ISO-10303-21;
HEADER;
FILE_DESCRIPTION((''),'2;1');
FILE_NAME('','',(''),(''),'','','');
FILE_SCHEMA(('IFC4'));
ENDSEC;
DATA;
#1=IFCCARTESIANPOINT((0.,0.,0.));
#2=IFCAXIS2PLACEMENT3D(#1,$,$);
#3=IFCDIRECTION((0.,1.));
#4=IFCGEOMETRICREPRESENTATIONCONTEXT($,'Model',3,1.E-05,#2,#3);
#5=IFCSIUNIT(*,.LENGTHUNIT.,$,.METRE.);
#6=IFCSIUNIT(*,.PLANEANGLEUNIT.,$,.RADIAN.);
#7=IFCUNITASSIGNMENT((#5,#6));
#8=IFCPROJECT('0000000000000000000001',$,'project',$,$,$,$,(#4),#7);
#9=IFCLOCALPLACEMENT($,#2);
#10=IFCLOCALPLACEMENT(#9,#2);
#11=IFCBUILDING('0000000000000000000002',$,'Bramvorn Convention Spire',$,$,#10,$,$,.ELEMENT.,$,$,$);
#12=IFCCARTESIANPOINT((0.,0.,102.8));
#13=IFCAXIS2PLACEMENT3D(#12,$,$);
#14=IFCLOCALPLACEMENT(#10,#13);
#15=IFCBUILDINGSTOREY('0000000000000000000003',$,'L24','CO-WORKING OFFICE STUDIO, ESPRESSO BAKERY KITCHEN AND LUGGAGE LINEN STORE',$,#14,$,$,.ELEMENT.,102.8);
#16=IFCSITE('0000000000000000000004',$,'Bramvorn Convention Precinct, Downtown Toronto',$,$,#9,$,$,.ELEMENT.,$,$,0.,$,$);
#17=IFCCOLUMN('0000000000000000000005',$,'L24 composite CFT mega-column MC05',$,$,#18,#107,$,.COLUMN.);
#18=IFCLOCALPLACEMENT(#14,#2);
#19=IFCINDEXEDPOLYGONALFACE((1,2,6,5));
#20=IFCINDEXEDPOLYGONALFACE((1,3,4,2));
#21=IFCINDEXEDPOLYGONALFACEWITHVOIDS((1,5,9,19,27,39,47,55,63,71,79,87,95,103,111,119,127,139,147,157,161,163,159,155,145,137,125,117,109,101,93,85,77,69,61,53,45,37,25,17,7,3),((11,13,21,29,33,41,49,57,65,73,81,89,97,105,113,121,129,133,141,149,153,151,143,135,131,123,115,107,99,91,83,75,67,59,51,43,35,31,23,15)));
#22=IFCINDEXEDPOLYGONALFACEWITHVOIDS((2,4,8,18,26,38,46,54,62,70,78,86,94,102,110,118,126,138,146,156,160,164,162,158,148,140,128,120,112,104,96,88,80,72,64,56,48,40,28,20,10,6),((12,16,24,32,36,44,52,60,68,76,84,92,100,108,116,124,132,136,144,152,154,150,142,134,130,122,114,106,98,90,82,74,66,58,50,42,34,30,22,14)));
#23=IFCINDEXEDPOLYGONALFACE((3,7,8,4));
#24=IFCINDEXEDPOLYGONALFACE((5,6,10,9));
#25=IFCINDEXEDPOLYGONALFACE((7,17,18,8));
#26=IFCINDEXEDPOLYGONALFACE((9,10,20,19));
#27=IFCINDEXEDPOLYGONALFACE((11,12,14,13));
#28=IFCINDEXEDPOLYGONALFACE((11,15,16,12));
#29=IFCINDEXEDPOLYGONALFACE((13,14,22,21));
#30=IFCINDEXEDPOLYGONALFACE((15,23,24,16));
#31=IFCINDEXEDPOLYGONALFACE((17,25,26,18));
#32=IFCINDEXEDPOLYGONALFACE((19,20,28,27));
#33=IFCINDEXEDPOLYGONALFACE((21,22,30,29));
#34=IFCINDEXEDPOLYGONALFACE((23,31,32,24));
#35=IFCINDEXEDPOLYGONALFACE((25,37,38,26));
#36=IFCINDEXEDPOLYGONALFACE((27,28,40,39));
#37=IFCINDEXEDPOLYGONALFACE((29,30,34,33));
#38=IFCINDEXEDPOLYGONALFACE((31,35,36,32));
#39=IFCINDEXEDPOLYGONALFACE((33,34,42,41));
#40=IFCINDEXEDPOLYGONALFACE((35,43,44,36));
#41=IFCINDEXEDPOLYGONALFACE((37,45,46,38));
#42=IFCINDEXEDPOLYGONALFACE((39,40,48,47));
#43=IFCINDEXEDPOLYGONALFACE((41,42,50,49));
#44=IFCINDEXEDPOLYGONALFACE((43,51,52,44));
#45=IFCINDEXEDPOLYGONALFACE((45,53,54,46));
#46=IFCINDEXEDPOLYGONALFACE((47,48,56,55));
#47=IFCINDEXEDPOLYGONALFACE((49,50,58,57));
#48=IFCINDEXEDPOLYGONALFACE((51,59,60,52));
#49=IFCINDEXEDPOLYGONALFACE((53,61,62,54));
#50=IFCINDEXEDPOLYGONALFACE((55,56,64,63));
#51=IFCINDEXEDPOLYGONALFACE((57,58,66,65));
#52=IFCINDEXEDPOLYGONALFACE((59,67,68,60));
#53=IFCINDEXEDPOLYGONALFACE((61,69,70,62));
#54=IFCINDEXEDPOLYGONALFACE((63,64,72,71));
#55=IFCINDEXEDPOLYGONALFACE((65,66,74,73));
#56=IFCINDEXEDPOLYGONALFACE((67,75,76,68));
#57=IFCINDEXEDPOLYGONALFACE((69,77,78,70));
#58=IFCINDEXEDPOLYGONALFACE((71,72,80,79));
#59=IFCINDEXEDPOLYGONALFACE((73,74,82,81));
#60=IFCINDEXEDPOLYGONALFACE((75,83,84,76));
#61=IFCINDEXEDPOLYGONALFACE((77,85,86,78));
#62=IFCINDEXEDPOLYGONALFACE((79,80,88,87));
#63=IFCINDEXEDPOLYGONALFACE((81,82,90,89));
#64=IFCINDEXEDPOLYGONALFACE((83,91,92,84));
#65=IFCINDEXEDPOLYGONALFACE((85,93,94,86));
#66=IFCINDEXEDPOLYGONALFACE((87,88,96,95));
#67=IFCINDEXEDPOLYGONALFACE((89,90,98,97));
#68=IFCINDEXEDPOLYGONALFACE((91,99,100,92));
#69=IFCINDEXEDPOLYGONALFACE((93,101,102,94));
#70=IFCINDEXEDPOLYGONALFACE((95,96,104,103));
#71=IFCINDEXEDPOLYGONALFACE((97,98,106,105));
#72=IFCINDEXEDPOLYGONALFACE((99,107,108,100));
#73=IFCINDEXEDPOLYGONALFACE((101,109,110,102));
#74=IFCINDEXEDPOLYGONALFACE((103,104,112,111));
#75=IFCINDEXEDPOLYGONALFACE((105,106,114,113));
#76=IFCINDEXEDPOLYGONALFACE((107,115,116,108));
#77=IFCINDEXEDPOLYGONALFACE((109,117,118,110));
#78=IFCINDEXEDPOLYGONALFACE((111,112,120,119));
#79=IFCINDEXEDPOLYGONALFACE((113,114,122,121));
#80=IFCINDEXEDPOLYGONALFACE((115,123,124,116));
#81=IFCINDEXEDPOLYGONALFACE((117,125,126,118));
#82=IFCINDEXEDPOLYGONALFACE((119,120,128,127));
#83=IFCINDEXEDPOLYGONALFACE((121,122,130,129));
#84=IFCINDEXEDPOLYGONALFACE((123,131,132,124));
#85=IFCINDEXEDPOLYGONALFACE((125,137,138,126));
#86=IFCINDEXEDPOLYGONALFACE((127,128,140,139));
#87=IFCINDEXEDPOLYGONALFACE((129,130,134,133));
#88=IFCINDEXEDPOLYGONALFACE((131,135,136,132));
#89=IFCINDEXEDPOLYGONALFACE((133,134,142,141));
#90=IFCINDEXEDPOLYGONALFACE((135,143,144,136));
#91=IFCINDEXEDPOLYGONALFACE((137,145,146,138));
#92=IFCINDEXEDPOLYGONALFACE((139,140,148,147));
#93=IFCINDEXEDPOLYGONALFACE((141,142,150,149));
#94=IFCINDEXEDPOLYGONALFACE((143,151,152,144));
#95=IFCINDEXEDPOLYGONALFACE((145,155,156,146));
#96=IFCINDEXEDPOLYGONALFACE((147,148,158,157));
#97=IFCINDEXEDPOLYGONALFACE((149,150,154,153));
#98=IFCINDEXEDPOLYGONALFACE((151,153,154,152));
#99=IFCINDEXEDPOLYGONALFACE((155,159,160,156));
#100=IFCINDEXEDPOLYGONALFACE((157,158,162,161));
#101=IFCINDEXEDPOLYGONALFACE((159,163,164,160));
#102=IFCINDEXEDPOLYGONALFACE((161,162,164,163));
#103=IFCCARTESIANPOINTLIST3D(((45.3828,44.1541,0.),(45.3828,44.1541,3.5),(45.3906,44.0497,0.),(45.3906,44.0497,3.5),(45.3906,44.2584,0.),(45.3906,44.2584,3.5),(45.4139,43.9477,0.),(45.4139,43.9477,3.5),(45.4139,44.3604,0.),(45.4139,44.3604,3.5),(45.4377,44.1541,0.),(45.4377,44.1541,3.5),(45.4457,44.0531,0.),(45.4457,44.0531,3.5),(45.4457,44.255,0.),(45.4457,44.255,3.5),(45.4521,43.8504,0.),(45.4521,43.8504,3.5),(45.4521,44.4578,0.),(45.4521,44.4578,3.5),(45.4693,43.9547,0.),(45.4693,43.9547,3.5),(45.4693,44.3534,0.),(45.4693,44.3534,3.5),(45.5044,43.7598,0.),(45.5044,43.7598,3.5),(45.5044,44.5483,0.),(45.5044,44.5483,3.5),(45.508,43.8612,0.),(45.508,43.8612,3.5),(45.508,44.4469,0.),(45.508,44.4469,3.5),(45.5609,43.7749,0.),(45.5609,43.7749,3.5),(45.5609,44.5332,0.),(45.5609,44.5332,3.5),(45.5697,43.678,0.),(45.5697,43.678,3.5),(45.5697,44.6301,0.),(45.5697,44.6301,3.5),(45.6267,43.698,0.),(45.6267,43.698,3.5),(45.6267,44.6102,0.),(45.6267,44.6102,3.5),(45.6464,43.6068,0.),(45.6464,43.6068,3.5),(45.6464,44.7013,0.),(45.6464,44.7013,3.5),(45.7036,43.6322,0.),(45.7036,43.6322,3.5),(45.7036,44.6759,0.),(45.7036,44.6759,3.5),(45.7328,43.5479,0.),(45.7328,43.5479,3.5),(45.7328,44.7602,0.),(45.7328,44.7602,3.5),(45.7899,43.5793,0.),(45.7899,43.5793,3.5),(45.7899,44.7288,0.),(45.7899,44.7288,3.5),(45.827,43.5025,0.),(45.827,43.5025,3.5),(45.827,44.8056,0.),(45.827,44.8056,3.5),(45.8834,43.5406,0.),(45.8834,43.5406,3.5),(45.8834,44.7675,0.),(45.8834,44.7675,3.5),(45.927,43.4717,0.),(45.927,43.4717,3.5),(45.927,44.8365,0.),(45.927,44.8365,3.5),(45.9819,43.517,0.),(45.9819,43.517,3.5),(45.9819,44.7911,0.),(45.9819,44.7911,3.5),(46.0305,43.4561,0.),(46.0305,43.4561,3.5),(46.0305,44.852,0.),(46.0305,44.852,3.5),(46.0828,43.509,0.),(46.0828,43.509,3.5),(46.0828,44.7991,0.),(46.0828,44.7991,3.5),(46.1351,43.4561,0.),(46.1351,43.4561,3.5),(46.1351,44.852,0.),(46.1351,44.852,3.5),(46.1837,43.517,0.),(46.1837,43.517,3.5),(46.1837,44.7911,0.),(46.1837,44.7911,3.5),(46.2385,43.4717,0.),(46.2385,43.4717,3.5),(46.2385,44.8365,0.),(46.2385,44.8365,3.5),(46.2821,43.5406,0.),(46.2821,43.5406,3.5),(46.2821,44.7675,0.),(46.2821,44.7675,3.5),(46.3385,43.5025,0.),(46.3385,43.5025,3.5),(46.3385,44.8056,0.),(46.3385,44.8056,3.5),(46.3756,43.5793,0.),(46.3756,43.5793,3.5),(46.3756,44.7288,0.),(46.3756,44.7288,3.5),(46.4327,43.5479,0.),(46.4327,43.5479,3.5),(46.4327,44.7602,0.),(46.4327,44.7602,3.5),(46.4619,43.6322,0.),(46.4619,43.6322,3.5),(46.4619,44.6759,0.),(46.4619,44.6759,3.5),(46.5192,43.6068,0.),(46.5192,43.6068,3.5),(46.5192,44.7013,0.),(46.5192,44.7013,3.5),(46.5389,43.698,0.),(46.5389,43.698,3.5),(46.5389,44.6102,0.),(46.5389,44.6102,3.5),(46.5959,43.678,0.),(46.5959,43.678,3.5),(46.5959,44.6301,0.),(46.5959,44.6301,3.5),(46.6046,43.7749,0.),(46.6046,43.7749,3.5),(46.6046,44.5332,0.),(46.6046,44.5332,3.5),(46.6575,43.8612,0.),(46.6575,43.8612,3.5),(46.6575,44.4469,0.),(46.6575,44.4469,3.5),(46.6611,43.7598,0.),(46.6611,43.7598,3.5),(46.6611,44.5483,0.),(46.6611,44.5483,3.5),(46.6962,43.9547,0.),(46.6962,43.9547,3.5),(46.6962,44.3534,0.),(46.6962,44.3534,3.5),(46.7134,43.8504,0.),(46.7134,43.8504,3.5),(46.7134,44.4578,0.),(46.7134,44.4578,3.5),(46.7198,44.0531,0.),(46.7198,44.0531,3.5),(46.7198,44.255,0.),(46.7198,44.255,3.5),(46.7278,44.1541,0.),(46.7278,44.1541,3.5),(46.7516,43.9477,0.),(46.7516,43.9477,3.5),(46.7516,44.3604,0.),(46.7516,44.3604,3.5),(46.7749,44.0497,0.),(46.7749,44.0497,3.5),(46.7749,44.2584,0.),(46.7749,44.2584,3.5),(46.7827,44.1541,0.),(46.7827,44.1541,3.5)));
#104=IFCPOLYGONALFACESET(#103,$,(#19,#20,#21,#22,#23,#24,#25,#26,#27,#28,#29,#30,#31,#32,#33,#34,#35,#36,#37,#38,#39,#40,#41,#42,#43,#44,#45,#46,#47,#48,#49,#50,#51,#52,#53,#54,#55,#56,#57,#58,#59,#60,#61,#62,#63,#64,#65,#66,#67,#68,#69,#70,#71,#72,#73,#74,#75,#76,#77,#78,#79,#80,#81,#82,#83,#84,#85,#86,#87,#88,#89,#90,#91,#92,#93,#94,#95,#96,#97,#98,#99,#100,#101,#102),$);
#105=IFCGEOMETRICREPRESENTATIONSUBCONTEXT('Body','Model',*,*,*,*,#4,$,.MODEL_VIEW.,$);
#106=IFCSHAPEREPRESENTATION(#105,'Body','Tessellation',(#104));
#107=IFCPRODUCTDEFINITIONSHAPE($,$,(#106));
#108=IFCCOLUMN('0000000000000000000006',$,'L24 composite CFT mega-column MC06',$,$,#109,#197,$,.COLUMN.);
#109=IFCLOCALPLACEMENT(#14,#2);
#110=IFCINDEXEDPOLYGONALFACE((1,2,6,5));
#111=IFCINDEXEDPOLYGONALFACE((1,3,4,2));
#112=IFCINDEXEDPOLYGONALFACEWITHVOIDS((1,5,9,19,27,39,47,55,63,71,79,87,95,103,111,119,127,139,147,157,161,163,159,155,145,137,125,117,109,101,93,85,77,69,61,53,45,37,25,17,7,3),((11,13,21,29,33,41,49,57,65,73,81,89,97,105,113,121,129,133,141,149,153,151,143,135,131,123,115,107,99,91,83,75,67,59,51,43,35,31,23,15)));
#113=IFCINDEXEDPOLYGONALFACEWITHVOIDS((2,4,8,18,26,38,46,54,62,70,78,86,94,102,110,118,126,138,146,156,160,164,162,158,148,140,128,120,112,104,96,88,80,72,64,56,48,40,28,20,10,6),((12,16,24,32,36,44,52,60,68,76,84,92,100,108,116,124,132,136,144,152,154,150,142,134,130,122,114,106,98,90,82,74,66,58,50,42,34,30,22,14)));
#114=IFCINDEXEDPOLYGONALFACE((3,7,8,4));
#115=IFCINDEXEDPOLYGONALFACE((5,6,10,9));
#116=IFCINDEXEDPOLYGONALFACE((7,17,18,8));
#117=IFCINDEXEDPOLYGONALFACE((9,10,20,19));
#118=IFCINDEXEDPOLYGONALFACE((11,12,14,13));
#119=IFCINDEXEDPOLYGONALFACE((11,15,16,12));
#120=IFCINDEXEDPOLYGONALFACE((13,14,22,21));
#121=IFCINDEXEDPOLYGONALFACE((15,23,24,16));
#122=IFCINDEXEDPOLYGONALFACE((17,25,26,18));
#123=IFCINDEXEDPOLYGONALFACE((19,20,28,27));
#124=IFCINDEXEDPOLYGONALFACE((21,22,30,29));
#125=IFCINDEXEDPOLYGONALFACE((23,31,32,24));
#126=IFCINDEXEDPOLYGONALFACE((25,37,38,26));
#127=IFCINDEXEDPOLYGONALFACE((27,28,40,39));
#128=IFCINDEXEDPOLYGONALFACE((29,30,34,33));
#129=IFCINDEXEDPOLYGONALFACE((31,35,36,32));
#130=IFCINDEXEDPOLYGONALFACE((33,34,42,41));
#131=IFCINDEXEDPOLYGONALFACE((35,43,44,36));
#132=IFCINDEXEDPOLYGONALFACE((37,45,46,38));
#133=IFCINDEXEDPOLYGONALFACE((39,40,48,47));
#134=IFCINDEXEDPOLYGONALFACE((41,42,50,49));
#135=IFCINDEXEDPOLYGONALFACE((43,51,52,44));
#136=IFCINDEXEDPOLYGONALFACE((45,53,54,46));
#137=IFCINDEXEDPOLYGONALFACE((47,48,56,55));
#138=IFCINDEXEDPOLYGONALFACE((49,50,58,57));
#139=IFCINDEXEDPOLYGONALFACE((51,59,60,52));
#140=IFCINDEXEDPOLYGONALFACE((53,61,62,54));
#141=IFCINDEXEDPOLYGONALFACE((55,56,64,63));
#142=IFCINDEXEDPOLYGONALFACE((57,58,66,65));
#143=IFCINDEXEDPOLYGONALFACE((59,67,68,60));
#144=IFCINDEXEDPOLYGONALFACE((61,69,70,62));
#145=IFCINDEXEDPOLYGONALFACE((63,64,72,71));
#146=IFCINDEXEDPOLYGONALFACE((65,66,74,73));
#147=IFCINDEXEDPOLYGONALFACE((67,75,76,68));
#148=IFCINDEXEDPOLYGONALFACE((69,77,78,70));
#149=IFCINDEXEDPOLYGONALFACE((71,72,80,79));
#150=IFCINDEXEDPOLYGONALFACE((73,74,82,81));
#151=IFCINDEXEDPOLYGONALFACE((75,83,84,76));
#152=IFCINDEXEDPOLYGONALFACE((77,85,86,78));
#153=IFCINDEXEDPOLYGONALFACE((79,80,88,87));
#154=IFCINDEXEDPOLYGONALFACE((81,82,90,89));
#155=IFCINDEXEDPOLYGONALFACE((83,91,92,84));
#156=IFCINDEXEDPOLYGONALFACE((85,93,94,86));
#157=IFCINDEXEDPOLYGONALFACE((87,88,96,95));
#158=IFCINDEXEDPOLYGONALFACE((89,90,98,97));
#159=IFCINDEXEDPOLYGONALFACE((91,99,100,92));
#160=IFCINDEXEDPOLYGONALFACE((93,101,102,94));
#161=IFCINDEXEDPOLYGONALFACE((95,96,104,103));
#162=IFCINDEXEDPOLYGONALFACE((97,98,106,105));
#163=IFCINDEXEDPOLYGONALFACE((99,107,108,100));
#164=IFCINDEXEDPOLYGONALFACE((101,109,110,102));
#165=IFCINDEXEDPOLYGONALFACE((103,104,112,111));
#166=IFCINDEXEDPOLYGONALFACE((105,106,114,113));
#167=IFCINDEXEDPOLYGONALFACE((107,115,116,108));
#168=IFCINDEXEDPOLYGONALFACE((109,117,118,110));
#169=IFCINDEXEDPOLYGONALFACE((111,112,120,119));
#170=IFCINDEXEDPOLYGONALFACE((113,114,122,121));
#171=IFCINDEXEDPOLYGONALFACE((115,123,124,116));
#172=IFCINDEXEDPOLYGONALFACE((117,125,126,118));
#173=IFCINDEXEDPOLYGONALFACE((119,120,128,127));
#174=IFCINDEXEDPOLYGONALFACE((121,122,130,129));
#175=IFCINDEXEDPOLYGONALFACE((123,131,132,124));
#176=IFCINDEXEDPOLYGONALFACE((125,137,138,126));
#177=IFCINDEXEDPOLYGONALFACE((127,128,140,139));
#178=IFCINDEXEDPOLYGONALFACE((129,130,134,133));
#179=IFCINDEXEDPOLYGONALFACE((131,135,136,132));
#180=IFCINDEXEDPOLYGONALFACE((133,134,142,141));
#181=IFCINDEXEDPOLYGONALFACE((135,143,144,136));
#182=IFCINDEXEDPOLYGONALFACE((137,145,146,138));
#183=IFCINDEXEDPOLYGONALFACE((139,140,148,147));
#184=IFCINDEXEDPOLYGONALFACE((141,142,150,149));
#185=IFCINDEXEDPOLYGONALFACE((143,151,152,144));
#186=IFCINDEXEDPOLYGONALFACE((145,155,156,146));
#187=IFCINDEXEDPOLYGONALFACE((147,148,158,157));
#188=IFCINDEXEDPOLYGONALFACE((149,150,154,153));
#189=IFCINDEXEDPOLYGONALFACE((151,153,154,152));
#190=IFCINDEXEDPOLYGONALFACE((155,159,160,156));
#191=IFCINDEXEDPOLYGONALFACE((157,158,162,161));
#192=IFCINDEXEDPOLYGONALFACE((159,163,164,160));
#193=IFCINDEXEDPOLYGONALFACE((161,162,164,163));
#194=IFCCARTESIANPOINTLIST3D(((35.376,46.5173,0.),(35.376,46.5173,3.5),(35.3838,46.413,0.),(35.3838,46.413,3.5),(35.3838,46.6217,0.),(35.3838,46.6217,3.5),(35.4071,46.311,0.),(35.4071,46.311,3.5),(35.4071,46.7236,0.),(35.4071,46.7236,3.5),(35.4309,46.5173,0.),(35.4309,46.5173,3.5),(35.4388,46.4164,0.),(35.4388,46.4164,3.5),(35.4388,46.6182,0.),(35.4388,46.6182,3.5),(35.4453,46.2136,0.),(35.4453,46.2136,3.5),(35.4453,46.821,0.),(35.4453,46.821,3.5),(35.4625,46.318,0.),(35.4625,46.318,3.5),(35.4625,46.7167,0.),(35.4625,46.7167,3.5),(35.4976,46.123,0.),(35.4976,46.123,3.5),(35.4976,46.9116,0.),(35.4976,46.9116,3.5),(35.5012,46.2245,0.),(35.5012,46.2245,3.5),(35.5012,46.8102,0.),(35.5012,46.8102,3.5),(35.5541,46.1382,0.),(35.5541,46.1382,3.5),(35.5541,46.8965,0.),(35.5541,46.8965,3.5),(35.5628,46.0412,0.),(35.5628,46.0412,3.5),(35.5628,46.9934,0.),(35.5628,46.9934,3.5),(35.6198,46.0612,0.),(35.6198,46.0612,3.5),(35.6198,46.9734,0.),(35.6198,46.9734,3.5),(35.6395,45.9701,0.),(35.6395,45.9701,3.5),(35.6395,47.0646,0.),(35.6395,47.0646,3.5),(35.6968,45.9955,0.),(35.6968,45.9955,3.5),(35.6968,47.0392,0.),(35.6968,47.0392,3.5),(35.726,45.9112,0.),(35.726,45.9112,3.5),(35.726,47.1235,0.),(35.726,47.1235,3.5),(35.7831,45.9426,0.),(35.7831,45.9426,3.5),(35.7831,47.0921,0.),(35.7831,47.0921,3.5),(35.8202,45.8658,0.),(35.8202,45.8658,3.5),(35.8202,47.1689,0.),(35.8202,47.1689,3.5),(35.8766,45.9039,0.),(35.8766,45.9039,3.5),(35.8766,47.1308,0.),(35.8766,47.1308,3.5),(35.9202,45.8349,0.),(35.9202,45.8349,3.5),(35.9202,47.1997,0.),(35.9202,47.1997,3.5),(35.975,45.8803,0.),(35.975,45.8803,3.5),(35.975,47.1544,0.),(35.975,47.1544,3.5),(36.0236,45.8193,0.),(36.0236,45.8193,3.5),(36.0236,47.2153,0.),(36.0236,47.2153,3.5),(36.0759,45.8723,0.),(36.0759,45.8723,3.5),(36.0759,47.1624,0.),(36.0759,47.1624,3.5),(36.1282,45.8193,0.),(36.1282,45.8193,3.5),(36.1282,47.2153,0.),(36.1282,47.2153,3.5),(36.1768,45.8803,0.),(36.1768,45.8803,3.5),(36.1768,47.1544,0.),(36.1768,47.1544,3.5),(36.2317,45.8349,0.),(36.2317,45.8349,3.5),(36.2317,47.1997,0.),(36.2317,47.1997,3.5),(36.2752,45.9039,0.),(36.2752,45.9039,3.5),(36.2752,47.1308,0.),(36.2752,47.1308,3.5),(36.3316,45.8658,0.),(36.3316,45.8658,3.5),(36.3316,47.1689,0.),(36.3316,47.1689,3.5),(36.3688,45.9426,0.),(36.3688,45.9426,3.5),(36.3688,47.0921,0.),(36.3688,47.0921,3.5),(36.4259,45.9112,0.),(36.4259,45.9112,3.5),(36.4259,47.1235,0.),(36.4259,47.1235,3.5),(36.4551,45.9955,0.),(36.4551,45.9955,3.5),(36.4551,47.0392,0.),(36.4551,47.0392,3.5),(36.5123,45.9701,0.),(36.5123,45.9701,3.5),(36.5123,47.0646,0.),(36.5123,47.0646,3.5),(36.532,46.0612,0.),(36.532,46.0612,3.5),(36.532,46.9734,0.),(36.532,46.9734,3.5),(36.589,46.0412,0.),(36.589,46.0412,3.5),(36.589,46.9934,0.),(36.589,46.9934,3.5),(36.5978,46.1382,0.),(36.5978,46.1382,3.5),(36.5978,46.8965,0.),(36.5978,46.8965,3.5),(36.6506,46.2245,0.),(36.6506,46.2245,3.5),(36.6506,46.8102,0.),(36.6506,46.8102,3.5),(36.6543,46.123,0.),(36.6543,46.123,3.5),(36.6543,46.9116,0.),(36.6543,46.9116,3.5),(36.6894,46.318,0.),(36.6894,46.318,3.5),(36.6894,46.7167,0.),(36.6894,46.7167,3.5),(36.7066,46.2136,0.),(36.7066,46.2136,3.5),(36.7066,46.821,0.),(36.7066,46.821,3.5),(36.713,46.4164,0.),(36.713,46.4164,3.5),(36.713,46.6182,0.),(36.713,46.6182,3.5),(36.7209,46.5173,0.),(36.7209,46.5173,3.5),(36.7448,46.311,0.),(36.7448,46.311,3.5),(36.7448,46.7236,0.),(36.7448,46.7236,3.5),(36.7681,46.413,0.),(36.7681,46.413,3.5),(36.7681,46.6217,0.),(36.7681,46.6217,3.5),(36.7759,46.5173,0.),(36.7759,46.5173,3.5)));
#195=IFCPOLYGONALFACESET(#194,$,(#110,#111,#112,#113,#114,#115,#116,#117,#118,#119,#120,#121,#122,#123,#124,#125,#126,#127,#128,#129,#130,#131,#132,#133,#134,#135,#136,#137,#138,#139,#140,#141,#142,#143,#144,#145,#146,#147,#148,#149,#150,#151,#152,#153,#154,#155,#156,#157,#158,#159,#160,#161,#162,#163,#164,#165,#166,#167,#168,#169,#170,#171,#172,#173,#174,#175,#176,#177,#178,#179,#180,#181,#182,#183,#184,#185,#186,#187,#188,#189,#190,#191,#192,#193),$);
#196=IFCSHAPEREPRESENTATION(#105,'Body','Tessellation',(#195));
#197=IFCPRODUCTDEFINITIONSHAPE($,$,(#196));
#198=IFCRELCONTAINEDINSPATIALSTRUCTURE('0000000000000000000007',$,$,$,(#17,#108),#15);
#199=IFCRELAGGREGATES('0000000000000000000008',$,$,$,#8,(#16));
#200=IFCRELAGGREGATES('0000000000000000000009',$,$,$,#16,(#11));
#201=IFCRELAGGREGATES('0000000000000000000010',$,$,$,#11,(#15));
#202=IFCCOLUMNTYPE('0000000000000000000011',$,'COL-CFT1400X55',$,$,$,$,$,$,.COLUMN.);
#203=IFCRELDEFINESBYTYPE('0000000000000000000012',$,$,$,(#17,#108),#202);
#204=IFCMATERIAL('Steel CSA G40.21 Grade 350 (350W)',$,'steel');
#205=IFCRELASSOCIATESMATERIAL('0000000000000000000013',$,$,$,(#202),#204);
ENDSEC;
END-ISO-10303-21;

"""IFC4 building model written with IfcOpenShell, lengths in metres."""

from ifc_helpers import new_model, si_unit, direction, frame, origin, origin_2d, place, context, subcontext, project, spatial, hollow_circle, extrude, material, material_profile, profile_set, type_object, element, save


model = new_model("IFC4")

# Units and contexts
model_context = context("Model", 3, precision=1e-05, world=origin(), true_north=direction((0.0, 1.0)))
body_context = subcontext(model_context, "Body", "Model", "MODEL_VIEW")
ifc_project = project(units=[si_unit("LENGTHUNIT", "METRE"), si_unit("PLANEANGLEUNIT", "RADIAN")], contexts=[model_context])

# Site, building, storey
site_placement = place(None, origin())
site = spatial("IfcSite", under=ifc_project, at=site_placement, Name="Bramvorn Convention Precinct, Downtown Toronto", CompositionType="ELEMENT", RefElevation=0.0)
building_placement = place(site_placement, origin())
building = spatial("IfcBuilding", under=site, at=building_placement, Name="Bramvorn Convention Spire", CompositionType="ELEMENT")
storey_placement = place(building_placement, frame((0.0, 0.0, 102.8)))
storey = spatial("IfcBuildingStorey", under=building, at=storey_placement, Name="L24", Description="CO-WORKING OFFICE STUDIO, ESPRESSO BAKERY KITCHEN AND LUGGAGE LINEN STORE", CompositionType="ELEMENT", Elevation=102.8)

# Columns
ifc_material_1 = material(Name="Steel CSA G40.21 Grade 350 (350W)", Category="steel")
ifc_material_profile_1 = material_profile(ifc_material_1, hollow_circle(Radius=0.7, WallThickness=0.0549, at=origin_2d()))
ifc_profile_set_1 = profile_set([ifc_material_profile_1], Name="Steel CSA G40.21 Grade 350 (350W) - CFT1400X55")
column_type = type_object("IfcColumnType", Name="COL-CFT1400X55", PredefinedType="COLUMN", material=ifc_profile_set_1)
for number, where, z_axis, x_axis, name in (
    (1, (46.0828, 44.1541, 0.0), (0.0, 0.0, 1.0), (1.0, 0.0, 0.0), "L24 composite CFT mega-column MC05"),
    (2, (36.0759, 46.5173, 0.0), (0.0, 0.0, 1.0), (1.0, 0.0, 0.0), "L24 composite CFT mega-column MC06"),
):
    element("IfcColumn", number, at=place(storey_placement, frame(where, z_axis=z_axis, x_axis=x_axis)), inside=storey, type_object=column_type, Name=name, PredefinedType="COLUMN", context=body_context, shape_type="SweptSolid", body=[
        extrude(hollow_circle(Radius=0.7, WallThickness=0.0549, at=origin_2d()), origin(), (0.0, 0.0, 1.0), 3.5),
    ])

save(model, "model.ifc")
